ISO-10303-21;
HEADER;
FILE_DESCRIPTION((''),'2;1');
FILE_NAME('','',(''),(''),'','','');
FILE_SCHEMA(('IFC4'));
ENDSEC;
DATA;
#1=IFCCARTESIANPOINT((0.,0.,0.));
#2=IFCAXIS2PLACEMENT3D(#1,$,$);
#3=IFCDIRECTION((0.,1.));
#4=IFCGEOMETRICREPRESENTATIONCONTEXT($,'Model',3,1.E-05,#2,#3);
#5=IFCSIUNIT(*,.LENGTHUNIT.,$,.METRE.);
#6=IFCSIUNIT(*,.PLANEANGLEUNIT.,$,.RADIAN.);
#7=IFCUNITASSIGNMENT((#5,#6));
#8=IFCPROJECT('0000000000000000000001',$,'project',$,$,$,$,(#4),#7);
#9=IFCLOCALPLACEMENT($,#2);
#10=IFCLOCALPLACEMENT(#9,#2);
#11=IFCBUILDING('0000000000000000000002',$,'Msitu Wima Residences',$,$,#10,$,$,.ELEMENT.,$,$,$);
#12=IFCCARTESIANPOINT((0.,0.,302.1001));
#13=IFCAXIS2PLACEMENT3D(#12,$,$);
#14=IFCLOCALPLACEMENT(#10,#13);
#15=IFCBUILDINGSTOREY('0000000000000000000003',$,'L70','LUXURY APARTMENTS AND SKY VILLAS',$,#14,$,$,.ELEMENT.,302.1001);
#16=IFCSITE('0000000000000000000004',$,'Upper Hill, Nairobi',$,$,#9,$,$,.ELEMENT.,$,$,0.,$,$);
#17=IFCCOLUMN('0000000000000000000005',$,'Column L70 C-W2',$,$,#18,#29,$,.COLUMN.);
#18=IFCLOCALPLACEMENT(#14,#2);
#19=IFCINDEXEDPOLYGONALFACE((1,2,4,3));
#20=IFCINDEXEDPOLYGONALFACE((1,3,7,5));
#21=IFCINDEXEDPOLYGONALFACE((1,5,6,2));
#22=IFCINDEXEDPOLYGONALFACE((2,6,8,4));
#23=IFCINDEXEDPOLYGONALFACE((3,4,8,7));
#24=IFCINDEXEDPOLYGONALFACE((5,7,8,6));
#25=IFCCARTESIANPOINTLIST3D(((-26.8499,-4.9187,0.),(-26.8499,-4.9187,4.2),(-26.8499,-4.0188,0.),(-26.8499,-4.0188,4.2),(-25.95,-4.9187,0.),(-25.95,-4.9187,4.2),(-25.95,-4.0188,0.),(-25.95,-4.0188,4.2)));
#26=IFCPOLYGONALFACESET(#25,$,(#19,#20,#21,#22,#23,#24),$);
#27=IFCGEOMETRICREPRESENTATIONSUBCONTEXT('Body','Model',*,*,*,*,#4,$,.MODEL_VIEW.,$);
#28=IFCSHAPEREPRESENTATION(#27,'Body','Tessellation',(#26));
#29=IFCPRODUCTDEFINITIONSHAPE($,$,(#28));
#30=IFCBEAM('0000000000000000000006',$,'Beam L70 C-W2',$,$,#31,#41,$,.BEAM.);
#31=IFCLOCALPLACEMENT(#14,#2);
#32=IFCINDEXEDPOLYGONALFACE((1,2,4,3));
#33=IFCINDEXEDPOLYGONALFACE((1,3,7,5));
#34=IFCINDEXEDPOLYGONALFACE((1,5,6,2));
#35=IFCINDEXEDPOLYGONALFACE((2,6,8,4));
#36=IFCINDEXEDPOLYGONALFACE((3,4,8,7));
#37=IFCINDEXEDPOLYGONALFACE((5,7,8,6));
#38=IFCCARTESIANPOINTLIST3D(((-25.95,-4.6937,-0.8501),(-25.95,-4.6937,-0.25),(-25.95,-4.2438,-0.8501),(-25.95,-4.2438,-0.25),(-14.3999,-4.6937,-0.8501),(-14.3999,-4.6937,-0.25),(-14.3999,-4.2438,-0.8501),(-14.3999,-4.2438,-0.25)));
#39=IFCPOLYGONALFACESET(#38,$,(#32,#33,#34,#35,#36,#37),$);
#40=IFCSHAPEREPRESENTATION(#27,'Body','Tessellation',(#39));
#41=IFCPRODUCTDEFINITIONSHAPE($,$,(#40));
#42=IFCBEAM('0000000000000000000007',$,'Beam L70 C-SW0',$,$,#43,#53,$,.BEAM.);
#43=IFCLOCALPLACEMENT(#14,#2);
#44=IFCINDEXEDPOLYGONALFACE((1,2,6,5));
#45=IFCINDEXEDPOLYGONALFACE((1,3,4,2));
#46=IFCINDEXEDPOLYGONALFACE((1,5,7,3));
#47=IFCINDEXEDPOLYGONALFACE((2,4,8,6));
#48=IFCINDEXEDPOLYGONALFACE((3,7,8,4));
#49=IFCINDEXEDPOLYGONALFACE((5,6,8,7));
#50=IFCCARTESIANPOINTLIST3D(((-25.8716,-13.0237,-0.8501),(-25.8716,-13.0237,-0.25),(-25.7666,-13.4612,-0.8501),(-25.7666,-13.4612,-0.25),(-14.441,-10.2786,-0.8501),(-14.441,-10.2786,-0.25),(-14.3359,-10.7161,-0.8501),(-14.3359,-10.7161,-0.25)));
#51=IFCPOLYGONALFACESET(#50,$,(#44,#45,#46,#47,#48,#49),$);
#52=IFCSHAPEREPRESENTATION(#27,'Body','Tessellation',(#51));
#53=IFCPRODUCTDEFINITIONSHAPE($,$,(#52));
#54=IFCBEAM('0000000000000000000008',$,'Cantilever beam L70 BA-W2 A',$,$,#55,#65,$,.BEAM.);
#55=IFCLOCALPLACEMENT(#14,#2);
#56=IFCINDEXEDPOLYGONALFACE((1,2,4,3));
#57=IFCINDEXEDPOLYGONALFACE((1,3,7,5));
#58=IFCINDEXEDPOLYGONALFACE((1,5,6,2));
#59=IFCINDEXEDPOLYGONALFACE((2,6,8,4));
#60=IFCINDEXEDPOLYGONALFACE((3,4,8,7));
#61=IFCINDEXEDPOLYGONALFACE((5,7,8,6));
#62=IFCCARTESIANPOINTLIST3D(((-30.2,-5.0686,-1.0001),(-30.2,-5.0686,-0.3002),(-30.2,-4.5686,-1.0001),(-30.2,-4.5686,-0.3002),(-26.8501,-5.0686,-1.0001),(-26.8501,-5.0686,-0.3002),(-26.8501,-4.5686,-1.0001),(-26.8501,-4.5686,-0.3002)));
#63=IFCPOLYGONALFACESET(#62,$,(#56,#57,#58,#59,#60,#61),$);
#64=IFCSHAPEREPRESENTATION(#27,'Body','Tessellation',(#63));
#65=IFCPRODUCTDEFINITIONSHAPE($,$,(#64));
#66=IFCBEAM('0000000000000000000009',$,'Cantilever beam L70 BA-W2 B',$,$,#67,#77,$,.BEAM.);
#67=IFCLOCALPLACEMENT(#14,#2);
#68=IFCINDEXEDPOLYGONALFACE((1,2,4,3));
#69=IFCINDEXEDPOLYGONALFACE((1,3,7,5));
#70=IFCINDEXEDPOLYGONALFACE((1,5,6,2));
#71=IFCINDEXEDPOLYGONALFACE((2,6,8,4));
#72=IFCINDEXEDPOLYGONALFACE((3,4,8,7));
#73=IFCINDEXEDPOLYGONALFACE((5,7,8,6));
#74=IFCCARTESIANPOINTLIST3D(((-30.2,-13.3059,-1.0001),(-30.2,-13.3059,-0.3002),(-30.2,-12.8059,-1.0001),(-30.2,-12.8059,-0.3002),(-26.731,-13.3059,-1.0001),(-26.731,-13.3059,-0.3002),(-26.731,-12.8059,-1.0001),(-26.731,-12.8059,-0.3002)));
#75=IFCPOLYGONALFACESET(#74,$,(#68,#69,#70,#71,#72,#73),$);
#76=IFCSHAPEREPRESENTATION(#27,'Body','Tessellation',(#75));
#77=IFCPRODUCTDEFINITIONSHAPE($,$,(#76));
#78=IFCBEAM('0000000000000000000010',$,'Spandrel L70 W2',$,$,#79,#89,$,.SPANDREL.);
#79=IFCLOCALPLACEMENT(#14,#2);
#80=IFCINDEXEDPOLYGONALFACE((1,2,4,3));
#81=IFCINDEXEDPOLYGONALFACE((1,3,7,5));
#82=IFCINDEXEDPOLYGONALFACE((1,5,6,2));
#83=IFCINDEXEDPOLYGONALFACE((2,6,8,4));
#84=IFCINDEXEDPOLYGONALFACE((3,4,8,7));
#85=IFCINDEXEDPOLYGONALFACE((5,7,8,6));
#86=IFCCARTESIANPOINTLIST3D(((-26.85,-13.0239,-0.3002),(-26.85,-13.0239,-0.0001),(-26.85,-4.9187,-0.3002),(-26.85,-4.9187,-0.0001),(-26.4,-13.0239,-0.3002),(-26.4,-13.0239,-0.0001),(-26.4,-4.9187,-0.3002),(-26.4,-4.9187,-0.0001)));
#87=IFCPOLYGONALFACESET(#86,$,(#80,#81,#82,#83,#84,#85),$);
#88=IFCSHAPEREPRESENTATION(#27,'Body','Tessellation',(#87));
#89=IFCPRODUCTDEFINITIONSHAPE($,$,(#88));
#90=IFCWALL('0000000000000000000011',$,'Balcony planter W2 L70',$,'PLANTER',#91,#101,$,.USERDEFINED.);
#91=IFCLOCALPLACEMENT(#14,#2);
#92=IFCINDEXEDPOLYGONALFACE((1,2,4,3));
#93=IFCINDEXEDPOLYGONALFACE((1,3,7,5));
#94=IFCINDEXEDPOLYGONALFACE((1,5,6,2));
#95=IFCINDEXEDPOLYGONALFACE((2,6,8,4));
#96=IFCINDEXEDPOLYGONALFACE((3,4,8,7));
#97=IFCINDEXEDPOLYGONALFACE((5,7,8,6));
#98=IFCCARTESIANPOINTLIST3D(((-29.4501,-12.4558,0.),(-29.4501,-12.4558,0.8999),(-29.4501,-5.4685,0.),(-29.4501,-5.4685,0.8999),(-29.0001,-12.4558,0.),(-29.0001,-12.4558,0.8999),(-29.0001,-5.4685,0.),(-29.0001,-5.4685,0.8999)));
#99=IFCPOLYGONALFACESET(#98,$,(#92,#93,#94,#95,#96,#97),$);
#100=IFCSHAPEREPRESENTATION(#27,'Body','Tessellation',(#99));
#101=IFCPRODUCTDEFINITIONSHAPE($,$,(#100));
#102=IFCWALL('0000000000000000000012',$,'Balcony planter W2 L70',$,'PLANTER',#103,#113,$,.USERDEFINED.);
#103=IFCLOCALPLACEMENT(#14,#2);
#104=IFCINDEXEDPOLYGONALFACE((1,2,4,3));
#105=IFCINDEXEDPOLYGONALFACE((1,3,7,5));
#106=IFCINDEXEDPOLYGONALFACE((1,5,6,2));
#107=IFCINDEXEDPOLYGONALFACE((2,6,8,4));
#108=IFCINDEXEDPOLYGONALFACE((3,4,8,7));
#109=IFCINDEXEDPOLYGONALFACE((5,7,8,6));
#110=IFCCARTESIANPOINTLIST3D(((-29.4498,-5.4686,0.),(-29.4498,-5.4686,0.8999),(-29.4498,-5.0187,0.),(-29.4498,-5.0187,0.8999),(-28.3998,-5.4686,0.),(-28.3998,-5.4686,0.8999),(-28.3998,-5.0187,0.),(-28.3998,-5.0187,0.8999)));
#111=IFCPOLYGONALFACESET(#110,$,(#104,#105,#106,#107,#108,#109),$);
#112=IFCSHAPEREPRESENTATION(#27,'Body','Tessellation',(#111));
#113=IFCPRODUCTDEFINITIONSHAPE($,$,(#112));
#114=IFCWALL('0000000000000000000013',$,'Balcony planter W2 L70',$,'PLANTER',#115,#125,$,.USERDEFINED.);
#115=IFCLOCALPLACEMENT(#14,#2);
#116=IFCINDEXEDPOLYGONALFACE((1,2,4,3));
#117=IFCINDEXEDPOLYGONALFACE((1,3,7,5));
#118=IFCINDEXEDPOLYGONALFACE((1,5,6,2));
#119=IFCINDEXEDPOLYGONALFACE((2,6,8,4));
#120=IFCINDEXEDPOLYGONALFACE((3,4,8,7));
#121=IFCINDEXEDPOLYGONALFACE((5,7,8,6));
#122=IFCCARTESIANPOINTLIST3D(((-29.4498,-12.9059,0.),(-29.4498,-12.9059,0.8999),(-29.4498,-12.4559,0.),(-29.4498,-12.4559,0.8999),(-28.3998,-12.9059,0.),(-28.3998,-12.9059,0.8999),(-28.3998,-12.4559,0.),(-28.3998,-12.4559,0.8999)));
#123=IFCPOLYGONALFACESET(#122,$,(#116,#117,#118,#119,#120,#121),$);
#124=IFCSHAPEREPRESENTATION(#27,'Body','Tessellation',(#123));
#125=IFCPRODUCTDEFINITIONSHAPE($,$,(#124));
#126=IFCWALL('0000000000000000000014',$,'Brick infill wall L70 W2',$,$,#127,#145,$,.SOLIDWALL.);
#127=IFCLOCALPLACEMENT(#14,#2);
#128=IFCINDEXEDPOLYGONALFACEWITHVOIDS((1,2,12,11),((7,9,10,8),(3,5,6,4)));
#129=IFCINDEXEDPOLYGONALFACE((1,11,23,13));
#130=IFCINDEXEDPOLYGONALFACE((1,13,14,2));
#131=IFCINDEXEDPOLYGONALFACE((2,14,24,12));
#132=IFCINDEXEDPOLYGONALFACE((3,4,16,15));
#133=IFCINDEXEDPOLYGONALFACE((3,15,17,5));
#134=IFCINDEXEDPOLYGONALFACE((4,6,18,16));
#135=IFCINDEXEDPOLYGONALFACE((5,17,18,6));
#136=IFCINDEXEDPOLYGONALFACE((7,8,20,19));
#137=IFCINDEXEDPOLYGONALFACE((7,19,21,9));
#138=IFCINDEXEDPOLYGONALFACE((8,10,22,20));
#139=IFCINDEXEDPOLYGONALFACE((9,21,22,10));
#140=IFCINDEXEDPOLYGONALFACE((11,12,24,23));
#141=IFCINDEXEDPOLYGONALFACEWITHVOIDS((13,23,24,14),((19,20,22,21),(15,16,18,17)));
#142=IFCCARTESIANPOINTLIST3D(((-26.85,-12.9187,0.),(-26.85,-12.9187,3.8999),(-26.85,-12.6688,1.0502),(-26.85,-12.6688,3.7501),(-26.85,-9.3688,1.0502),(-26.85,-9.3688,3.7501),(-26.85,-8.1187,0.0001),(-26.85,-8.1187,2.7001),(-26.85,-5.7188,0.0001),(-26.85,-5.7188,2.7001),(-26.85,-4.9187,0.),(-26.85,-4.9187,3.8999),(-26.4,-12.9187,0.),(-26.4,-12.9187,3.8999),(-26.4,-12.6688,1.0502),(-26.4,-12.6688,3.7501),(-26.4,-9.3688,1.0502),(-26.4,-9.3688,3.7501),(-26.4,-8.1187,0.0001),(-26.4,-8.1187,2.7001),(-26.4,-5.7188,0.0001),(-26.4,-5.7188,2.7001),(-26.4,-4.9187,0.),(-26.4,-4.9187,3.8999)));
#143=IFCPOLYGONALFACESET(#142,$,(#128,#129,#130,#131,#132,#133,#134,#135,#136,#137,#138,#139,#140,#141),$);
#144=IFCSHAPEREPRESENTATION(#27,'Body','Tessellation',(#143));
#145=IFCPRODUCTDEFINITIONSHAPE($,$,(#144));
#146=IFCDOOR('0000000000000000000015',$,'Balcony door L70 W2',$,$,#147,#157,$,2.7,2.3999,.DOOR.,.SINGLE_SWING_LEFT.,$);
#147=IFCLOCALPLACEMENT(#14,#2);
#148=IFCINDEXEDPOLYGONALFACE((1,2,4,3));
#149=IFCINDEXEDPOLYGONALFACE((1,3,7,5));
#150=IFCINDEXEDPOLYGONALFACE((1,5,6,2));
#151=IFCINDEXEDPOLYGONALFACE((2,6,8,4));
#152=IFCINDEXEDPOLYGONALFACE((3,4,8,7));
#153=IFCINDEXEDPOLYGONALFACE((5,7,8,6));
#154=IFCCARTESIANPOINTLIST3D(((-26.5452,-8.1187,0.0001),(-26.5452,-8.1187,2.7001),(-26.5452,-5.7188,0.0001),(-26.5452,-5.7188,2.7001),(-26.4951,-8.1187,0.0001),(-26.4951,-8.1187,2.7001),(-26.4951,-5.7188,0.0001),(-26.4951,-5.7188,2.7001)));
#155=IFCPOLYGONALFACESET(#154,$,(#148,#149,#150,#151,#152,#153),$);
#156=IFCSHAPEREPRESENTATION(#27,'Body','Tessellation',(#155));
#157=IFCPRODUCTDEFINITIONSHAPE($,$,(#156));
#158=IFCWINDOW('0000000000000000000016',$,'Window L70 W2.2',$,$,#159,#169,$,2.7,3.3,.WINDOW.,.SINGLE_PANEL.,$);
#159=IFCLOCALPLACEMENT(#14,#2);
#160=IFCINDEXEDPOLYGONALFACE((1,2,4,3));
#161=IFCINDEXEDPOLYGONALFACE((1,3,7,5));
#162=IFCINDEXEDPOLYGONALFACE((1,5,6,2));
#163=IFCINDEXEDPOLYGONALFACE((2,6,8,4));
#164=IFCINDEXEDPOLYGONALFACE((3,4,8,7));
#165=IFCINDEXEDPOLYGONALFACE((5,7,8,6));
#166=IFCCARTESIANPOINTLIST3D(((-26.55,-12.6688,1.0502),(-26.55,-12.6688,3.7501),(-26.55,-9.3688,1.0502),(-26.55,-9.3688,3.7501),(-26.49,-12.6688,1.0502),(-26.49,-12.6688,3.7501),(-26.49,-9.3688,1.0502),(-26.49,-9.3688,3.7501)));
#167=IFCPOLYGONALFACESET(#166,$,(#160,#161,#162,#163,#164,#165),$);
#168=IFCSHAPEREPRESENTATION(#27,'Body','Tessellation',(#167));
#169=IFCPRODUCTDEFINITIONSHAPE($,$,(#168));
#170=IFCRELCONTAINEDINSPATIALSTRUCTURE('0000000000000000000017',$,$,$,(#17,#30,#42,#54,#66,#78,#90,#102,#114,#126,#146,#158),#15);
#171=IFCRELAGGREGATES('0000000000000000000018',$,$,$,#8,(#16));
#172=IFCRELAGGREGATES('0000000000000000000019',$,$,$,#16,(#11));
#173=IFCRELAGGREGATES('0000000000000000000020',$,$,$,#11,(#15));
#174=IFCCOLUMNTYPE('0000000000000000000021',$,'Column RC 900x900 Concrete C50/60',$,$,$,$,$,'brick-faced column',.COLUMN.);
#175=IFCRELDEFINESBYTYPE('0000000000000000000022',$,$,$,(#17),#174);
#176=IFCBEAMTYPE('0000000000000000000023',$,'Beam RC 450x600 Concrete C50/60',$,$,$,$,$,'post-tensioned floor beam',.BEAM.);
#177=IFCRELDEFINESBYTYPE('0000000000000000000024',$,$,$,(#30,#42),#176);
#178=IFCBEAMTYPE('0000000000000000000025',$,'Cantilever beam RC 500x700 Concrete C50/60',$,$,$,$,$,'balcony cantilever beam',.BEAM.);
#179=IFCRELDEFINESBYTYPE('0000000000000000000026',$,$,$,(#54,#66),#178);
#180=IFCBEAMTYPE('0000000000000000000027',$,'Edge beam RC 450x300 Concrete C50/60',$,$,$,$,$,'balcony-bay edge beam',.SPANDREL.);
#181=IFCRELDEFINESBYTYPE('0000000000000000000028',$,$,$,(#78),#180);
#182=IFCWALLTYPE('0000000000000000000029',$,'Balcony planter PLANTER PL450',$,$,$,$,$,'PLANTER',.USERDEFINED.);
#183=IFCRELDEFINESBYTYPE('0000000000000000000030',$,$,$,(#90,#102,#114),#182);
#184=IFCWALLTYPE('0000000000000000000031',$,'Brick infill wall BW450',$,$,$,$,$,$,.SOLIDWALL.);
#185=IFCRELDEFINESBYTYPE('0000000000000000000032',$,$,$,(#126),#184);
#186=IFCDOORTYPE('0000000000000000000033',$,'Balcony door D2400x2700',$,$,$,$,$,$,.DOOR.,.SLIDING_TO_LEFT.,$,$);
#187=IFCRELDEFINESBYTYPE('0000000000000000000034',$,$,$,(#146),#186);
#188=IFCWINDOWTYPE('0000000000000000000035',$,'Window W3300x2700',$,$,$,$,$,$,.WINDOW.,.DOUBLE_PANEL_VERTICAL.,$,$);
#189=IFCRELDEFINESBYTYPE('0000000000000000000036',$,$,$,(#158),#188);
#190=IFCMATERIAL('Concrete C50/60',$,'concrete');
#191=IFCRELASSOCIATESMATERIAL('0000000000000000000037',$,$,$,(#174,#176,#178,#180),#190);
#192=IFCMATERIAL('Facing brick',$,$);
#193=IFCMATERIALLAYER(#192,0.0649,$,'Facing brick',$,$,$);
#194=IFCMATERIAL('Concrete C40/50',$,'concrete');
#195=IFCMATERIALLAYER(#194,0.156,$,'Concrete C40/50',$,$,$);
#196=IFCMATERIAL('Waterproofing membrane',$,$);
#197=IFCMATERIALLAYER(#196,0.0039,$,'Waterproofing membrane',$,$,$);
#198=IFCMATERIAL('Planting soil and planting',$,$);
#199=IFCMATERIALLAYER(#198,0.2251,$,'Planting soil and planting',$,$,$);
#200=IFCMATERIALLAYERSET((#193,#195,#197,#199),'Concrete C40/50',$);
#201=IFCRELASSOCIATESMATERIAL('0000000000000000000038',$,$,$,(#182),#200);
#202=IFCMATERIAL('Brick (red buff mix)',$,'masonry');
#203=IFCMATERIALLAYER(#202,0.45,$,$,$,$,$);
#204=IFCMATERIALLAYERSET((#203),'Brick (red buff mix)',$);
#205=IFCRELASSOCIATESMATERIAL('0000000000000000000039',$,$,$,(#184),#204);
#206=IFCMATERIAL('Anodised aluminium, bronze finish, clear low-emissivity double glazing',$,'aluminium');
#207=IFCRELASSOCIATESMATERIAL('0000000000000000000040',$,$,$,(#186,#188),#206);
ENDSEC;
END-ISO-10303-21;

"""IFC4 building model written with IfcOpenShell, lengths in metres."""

from ifc_helpers import new_model, si_unit, direction, frame, frame_2d, origin, origin_2d, place, context, subcontext, project, spatial, rectangle, extrude, material, layer, layer_set, material_profile, profile_set, type_object, element, fill, save


model = new_model("IFC4")

# Units and contexts
model_context = context("Model", 3, precision=1e-05, world=origin(), true_north=direction((0.0, 1.0)))
body_context = subcontext(model_context, "Body", "Model", "MODEL_VIEW")
ifc_project = project(units=[si_unit("LENGTHUNIT", "METRE"), si_unit("PLANEANGLEUNIT", "RADIAN")], contexts=[model_context])

# Site, building, storey
site_placement = place(None, origin())
site = spatial("IfcSite", under=ifc_project, at=site_placement, Name="Upper Hill, Nairobi", CompositionType="ELEMENT", RefElevation=0.0)
building_placement = place(site_placement, origin())
building = spatial("IfcBuilding", under=site, at=building_placement, Name="Msitu Wima Residences", CompositionType="ELEMENT")
storey_placement = place(building_placement, frame((0.0, 0.0, 302.1001)))
storey = spatial("IfcBuildingStorey", under=building, at=storey_placement, Name="L70", Description="LUXURY APARTMENTS AND SKY VILLAS", CompositionType="ELEMENT", Elevation=302.1001)

# Column
ifc_material_1 = material(Name="Concrete C50/60", Category="concrete")
ifc_material_profile_1 = material_profile(ifc_material_1, rectangle(XDim=0.8999, YDim=0.8999, at=origin_2d()), Name="RC 900x900")
ifc_profile_set_1 = profile_set([ifc_material_profile_1], Name="Concrete C50/60")
column_type = type_object("IfcColumnType", Name="Column RC 900x900 Concrete C50/60", ElementType="brick-faced column", PredefinedType="COLUMN", material=ifc_profile_set_1)
column_placement = place(storey_placement, frame((-26.3999, -4.4688, 0.0), z_axis=(0.0, 0.0, 1.0), x_axis=(0.0, -1.0, 0.0)))
element("IfcColumn", 1, at=column_placement, inside=storey, type_object=column_type, Name="Column L70 C-W2", PredefinedType="COLUMN", context=body_context, shape_type="SweptSolid", body=[
    extrude(rectangle(XDim=0.8999, YDim=0.8999, at=origin_2d()), origin(), (0.0, 0.0, 1.0), 4.2),
])

# Beams
ifc_material_profile_2 = material_profile(ifc_material_1, rectangle(XDim=0.45, YDim=0.6001, at=origin_2d()), Name="RC 450x600")
ifc_profile_set_2 = profile_set([ifc_material_profile_2], Name="Concrete C50/60")
beam_type_1 = type_object("IfcBeamType", Name="Beam RC 450x600 Concrete C50/60", ElementType="post-tensioned floor beam", PredefinedType="BEAM", material=ifc_profile_set_2)
beam_1_placement = place(storey_placement, frame((-25.95, -4.4688, -0.55), z_axis=(1.0, 0.0, 0.0), x_axis=(0.0, 1.0, 0.0)))
element("IfcBeam", 2, at=beam_1_placement, inside=storey, type_object=beam_type_1, Name="Beam L70 C-W2", PredefinedType="BEAM", context=body_context, shape_type="SweptSolid", body=[
    extrude(rectangle(XDim=0.45, YDim=0.6001, at=origin_2d()), origin(), (0.0, 0.0, 1.0), 11.55),
])
beam_2_placement = place(storey_placement, frame((-25.8191, -13.2424, -0.55), z_axis=(0.972353, 0.233514, 0.0), x_axis=(-0.233514, 0.972353, 0.0)))
element("IfcBeam", 3, at=beam_2_placement, inside=storey, type_object=beam_type_1, Name="Beam L70 C-SW0", PredefinedType="BEAM", context=body_context, shape_type="SweptSolid", body=[
    extrude(rectangle(XDim=0.45, YDim=0.6001, at=origin_2d()), origin(), (0.0, 0.0, 1.0), 11.7556),
])
ifc_material_profile_3 = material_profile(ifc_material_1, rectangle(XDim=0.5, YDim=0.7, at=origin_2d()), Name="RC 500x700")
ifc_profile_set_3 = profile_set([ifc_material_profile_3], Name="Concrete C50/60")
beam_type_2 = type_object("IfcBeamType", Name="Cantilever beam RC 500x700 Concrete C50/60", ElementType="balcony cantilever beam", PredefinedType="BEAM", material=ifc_profile_set_3)
beam_3_placement = place(storey_placement, frame((-26.8501, -4.8186, -0.6501), z_axis=(-1.0, 0.0, 0.0), x_axis=(0.0, -1.0, 0.0)))
element("IfcBeam", 4, at=beam_3_placement, inside=storey, type_object=beam_type_2, Name="Cantilever beam L70 BA-W2 A", PredefinedType="BEAM", context=body_context, shape_type="SweptSolid", body=[
    extrude(rectangle(XDim=0.5, YDim=0.7, at=origin_2d()), origin(), (0.0, 0.0, 1.0), 3.3499),
])
beam_4_placement = place(storey_placement, frame((-26.731, -13.0559, -0.6501), z_axis=(-1.0, 0.0, 0.0), x_axis=(0.0, -1.0, 0.0)))
element("IfcBeam", 5, at=beam_4_placement, inside=storey, type_object=beam_type_2, Name="Cantilever beam L70 BA-W2 B", PredefinedType="BEAM", context=body_context, shape_type="SweptSolid", body=[
    extrude(rectangle(XDim=0.5, YDim=0.7, at=origin_2d()), origin(), (0.0, 0.0, 1.0), 3.469),
])
ifc_material_profile_4 = material_profile(ifc_material_1, rectangle(XDim=0.45, YDim=0.3, at=origin_2d()), Name="RC 450x300")
ifc_profile_set_4 = profile_set([ifc_material_profile_4], Name="Concrete C50/60")
beam_type_3 = type_object("IfcBeamType", Name="Edge beam RC 450x300 Concrete C50/60", ElementType="balcony-bay edge beam", PredefinedType="SPANDREL", material=ifc_profile_set_4)
beam_5_placement = place(storey_placement, frame((-26.625, -4.9187, -0.1501), z_axis=(0.0, -1.0, 0.0), x_axis=(1.0, 0.0, 0.0)))
element("IfcBeam", 6, at=beam_5_placement, inside=storey, type_object=beam_type_3, Name="Spandrel L70 W2", PredefinedType="SPANDREL", context=body_context, shape_type="SweptSolid", body=[
    extrude(rectangle(XDim=0.45, YDim=0.3, at=origin_2d()), origin(), (0.0, 0.0, 1.0), 8.1052),
])

# Walls
ifc_material_2 = material(Name="Facing brick")
ifc_layer_1 = layer(ifc_material_2, 0.0649, Name="Facing brick")
ifc_material_3 = material(Name="Concrete C40/50", Category="concrete")
ifc_layer_2 = layer(ifc_material_3, 0.156, Name="Concrete C40/50")
ifc_material_4 = material(Name="Waterproofing membrane")
ifc_layer_3 = layer(ifc_material_4, 0.0039, Name="Waterproofing membrane")
ifc_material_5 = material(Name="Planting soil and planting")
ifc_layer_4 = layer(ifc_material_5, 0.2251, Name="Planting soil and planting")
ifc_layer_set_1 = layer_set([ifc_layer_1, ifc_layer_2, ifc_layer_3, ifc_layer_4], Name="Concrete C40/50")
wall_type_1 = type_object("IfcWallType", Name="Balcony planter PLANTER PL450", ElementType="PLANTER", PredefinedType="USERDEFINED", material=ifc_layer_set_1)
wall_1_placement = place(storey_placement, frame((-29.2251, -5.4685, 0.0), z_axis=(0.0, 0.0, 1.0), x_axis=(0.0, -1.0, 0.0)))
element("IfcWall", 7, at=wall_1_placement, inside=storey, type_object=wall_type_1, Name="Balcony planter W2 L70", ObjectType="PLANTER", PredefinedType="USERDEFINED", context=body_context, shape_type="SweptSolid", body=[
    extrude(rectangle(XDim=6.9873, YDim=0.45, at=frame_2d((3.4937, 0.0))), origin(), (0.0, 0.0, 1.0), 0.8999),
])
for number, where, z_axis, x_axis, name in (
    (8, (-28.3999, -5.2437, 0.0), (0.0, 0.0, 1.0), (-1.0, 0.0, 0.0), "Balcony planter W2 L70"),
    (9, (-28.3999, -12.6809, 0.0), (0.0, 0.0, 1.0), (-1.0, 0.0, 0.0), "Balcony planter W2 L70"),
):
    element("IfcWall", number, at=place(storey_placement, frame(where, z_axis=z_axis, x_axis=x_axis)), inside=storey, type_object=wall_type_1, Name=name, ObjectType="PLANTER", PredefinedType="USERDEFINED", context=body_context, shape_type="SweptSolid", body=[
        extrude(rectangle(XDim=1.05, YDim=0.45, at=frame_2d((0.5249, 0.0))), origin(), (0.0, 0.0, 1.0), 0.8999),
    ])

# Wall, openings, door, window
ifc_material_6 = material(Name="Brick (red buff mix)", Category="masonry")
ifc_layer_5 = layer(ifc_material_6, 0.45)
ifc_layer_set_2 = layer_set([ifc_layer_5], Name="Brick (red buff mix)")
wall_type_2 = type_object("IfcWallType", Name="Brick infill wall BW450", PredefinedType="SOLIDWALL", material=ifc_layer_set_2)
wall_2_placement = place(storey_placement, frame((-26.625, -4.9187, 0.0), z_axis=(0.0, 0.0, 1.0), x_axis=(0.0, -1.0, 0.0)))
wall_2 = element("IfcWall", 10, at=wall_2_placement, inside=storey, type_object=wall_type_2, Name="Brick infill wall L70 W2", PredefinedType="SOLIDWALL", context=body_context, shape_type="SweptSolid", body=[
    extrude(rectangle(XDim=8.0, YDim=0.45, at=frame_2d((4.0, 0.0))), origin(), (0.0, 0.0, 1.0), 3.8999),
])
opening_1_placement = place(wall_2_placement, frame((0.8, 0.0, 0.0)))
opening_1 = element("IfcOpeningElement", 11, at=opening_1_placement, cuts=wall_2, PredefinedType="OPENING", context=body_context, shape_type="SweptSolid", body=[
    extrude(rectangle(XDim=2.3999, YDim=2.7, at=frame_2d((1.2, 1.3501))), frame((0.0, 0.2349, 0.0), z_axis=(0.0, -1.0, 0.0), x_axis=(1.0, 0.0, 0.0)), (0.0, 0.0, 1.0), 0.47),
])
opening_2_placement = place(wall_2_placement, frame((4.4502, 0.0, 1.05)))
opening_2 = element("IfcOpeningElement", 12, at=opening_2_placement, cuts=wall_2, PredefinedType="OPENING", context=body_context, shape_type="SweptSolid", body=[
    extrude(rectangle(XDim=3.3, YDim=2.7, at=frame_2d((1.6499, 1.3501))), frame((0.0, 0.2349, 0.0), z_axis=(0.0, -1.0, 0.0), x_axis=(1.0, 0.0, 0.0)), (0.0, 0.0, 1.0), 0.47),
])
ifc_material_7 = material(Name="Anodised aluminium, bronze finish, clear low-emissivity double glazing", Category="aluminium")
door_type_1 = type_object("IfcDoorType", Name="Balcony door D2400x2700", OperationType="SLIDING_TO_LEFT", PredefinedType="DOOR", material=ifc_material_7)
door_1_placement = place(opening_1_placement, origin())
door_1 = element("IfcDoor", 13, at=door_1_placement, inside=storey, type_object=door_type_1, Name="Balcony door L70 W2", OperationType="SINGLE_SWING_LEFT", OverallHeight=2.7, OverallWidth=2.3999, PredefinedType="DOOR", context=body_context, shape_type="SweptSolid", body=[
    extrude(rectangle(XDim=2.3999, YDim=2.7, at=frame_2d((1.2, 1.3501))), frame((0.0, 0.1299, 0.0), z_axis=(0.0, -1.0, 0.0), x_axis=(1.0, 0.0, 0.0)), (0.0, 0.0, 1.0), 0.05),
])
fill(opening_1, door_1)
window_type = type_object("IfcWindowType", Name="Window W3300x2700", PartitioningType="DOUBLE_PANEL_VERTICAL", PredefinedType="WINDOW", material=ifc_material_7)
window_placement = place(opening_2_placement, origin())
window = element("IfcWindow", 14, at=window_placement, inside=storey, type_object=window_type, Name="Window L70 W2.2", OverallHeight=2.7, OverallWidth=3.3, PartitioningType="SINGLE_PANEL", PredefinedType="WINDOW", context=body_context, shape_type="SweptSolid", body=[
    extrude(rectangle(XDim=3.3, YDim=2.7, at=frame_2d((1.6499, 1.3501))), frame((0.0, 0.135, 0.0), z_axis=(0.0, -1.0, 0.0), x_axis=(1.0, 0.0, 0.0)), (0.0, 0.0, 1.0), 0.0601),
])
fill(opening_2, window)

save(model, "model.ifc")
